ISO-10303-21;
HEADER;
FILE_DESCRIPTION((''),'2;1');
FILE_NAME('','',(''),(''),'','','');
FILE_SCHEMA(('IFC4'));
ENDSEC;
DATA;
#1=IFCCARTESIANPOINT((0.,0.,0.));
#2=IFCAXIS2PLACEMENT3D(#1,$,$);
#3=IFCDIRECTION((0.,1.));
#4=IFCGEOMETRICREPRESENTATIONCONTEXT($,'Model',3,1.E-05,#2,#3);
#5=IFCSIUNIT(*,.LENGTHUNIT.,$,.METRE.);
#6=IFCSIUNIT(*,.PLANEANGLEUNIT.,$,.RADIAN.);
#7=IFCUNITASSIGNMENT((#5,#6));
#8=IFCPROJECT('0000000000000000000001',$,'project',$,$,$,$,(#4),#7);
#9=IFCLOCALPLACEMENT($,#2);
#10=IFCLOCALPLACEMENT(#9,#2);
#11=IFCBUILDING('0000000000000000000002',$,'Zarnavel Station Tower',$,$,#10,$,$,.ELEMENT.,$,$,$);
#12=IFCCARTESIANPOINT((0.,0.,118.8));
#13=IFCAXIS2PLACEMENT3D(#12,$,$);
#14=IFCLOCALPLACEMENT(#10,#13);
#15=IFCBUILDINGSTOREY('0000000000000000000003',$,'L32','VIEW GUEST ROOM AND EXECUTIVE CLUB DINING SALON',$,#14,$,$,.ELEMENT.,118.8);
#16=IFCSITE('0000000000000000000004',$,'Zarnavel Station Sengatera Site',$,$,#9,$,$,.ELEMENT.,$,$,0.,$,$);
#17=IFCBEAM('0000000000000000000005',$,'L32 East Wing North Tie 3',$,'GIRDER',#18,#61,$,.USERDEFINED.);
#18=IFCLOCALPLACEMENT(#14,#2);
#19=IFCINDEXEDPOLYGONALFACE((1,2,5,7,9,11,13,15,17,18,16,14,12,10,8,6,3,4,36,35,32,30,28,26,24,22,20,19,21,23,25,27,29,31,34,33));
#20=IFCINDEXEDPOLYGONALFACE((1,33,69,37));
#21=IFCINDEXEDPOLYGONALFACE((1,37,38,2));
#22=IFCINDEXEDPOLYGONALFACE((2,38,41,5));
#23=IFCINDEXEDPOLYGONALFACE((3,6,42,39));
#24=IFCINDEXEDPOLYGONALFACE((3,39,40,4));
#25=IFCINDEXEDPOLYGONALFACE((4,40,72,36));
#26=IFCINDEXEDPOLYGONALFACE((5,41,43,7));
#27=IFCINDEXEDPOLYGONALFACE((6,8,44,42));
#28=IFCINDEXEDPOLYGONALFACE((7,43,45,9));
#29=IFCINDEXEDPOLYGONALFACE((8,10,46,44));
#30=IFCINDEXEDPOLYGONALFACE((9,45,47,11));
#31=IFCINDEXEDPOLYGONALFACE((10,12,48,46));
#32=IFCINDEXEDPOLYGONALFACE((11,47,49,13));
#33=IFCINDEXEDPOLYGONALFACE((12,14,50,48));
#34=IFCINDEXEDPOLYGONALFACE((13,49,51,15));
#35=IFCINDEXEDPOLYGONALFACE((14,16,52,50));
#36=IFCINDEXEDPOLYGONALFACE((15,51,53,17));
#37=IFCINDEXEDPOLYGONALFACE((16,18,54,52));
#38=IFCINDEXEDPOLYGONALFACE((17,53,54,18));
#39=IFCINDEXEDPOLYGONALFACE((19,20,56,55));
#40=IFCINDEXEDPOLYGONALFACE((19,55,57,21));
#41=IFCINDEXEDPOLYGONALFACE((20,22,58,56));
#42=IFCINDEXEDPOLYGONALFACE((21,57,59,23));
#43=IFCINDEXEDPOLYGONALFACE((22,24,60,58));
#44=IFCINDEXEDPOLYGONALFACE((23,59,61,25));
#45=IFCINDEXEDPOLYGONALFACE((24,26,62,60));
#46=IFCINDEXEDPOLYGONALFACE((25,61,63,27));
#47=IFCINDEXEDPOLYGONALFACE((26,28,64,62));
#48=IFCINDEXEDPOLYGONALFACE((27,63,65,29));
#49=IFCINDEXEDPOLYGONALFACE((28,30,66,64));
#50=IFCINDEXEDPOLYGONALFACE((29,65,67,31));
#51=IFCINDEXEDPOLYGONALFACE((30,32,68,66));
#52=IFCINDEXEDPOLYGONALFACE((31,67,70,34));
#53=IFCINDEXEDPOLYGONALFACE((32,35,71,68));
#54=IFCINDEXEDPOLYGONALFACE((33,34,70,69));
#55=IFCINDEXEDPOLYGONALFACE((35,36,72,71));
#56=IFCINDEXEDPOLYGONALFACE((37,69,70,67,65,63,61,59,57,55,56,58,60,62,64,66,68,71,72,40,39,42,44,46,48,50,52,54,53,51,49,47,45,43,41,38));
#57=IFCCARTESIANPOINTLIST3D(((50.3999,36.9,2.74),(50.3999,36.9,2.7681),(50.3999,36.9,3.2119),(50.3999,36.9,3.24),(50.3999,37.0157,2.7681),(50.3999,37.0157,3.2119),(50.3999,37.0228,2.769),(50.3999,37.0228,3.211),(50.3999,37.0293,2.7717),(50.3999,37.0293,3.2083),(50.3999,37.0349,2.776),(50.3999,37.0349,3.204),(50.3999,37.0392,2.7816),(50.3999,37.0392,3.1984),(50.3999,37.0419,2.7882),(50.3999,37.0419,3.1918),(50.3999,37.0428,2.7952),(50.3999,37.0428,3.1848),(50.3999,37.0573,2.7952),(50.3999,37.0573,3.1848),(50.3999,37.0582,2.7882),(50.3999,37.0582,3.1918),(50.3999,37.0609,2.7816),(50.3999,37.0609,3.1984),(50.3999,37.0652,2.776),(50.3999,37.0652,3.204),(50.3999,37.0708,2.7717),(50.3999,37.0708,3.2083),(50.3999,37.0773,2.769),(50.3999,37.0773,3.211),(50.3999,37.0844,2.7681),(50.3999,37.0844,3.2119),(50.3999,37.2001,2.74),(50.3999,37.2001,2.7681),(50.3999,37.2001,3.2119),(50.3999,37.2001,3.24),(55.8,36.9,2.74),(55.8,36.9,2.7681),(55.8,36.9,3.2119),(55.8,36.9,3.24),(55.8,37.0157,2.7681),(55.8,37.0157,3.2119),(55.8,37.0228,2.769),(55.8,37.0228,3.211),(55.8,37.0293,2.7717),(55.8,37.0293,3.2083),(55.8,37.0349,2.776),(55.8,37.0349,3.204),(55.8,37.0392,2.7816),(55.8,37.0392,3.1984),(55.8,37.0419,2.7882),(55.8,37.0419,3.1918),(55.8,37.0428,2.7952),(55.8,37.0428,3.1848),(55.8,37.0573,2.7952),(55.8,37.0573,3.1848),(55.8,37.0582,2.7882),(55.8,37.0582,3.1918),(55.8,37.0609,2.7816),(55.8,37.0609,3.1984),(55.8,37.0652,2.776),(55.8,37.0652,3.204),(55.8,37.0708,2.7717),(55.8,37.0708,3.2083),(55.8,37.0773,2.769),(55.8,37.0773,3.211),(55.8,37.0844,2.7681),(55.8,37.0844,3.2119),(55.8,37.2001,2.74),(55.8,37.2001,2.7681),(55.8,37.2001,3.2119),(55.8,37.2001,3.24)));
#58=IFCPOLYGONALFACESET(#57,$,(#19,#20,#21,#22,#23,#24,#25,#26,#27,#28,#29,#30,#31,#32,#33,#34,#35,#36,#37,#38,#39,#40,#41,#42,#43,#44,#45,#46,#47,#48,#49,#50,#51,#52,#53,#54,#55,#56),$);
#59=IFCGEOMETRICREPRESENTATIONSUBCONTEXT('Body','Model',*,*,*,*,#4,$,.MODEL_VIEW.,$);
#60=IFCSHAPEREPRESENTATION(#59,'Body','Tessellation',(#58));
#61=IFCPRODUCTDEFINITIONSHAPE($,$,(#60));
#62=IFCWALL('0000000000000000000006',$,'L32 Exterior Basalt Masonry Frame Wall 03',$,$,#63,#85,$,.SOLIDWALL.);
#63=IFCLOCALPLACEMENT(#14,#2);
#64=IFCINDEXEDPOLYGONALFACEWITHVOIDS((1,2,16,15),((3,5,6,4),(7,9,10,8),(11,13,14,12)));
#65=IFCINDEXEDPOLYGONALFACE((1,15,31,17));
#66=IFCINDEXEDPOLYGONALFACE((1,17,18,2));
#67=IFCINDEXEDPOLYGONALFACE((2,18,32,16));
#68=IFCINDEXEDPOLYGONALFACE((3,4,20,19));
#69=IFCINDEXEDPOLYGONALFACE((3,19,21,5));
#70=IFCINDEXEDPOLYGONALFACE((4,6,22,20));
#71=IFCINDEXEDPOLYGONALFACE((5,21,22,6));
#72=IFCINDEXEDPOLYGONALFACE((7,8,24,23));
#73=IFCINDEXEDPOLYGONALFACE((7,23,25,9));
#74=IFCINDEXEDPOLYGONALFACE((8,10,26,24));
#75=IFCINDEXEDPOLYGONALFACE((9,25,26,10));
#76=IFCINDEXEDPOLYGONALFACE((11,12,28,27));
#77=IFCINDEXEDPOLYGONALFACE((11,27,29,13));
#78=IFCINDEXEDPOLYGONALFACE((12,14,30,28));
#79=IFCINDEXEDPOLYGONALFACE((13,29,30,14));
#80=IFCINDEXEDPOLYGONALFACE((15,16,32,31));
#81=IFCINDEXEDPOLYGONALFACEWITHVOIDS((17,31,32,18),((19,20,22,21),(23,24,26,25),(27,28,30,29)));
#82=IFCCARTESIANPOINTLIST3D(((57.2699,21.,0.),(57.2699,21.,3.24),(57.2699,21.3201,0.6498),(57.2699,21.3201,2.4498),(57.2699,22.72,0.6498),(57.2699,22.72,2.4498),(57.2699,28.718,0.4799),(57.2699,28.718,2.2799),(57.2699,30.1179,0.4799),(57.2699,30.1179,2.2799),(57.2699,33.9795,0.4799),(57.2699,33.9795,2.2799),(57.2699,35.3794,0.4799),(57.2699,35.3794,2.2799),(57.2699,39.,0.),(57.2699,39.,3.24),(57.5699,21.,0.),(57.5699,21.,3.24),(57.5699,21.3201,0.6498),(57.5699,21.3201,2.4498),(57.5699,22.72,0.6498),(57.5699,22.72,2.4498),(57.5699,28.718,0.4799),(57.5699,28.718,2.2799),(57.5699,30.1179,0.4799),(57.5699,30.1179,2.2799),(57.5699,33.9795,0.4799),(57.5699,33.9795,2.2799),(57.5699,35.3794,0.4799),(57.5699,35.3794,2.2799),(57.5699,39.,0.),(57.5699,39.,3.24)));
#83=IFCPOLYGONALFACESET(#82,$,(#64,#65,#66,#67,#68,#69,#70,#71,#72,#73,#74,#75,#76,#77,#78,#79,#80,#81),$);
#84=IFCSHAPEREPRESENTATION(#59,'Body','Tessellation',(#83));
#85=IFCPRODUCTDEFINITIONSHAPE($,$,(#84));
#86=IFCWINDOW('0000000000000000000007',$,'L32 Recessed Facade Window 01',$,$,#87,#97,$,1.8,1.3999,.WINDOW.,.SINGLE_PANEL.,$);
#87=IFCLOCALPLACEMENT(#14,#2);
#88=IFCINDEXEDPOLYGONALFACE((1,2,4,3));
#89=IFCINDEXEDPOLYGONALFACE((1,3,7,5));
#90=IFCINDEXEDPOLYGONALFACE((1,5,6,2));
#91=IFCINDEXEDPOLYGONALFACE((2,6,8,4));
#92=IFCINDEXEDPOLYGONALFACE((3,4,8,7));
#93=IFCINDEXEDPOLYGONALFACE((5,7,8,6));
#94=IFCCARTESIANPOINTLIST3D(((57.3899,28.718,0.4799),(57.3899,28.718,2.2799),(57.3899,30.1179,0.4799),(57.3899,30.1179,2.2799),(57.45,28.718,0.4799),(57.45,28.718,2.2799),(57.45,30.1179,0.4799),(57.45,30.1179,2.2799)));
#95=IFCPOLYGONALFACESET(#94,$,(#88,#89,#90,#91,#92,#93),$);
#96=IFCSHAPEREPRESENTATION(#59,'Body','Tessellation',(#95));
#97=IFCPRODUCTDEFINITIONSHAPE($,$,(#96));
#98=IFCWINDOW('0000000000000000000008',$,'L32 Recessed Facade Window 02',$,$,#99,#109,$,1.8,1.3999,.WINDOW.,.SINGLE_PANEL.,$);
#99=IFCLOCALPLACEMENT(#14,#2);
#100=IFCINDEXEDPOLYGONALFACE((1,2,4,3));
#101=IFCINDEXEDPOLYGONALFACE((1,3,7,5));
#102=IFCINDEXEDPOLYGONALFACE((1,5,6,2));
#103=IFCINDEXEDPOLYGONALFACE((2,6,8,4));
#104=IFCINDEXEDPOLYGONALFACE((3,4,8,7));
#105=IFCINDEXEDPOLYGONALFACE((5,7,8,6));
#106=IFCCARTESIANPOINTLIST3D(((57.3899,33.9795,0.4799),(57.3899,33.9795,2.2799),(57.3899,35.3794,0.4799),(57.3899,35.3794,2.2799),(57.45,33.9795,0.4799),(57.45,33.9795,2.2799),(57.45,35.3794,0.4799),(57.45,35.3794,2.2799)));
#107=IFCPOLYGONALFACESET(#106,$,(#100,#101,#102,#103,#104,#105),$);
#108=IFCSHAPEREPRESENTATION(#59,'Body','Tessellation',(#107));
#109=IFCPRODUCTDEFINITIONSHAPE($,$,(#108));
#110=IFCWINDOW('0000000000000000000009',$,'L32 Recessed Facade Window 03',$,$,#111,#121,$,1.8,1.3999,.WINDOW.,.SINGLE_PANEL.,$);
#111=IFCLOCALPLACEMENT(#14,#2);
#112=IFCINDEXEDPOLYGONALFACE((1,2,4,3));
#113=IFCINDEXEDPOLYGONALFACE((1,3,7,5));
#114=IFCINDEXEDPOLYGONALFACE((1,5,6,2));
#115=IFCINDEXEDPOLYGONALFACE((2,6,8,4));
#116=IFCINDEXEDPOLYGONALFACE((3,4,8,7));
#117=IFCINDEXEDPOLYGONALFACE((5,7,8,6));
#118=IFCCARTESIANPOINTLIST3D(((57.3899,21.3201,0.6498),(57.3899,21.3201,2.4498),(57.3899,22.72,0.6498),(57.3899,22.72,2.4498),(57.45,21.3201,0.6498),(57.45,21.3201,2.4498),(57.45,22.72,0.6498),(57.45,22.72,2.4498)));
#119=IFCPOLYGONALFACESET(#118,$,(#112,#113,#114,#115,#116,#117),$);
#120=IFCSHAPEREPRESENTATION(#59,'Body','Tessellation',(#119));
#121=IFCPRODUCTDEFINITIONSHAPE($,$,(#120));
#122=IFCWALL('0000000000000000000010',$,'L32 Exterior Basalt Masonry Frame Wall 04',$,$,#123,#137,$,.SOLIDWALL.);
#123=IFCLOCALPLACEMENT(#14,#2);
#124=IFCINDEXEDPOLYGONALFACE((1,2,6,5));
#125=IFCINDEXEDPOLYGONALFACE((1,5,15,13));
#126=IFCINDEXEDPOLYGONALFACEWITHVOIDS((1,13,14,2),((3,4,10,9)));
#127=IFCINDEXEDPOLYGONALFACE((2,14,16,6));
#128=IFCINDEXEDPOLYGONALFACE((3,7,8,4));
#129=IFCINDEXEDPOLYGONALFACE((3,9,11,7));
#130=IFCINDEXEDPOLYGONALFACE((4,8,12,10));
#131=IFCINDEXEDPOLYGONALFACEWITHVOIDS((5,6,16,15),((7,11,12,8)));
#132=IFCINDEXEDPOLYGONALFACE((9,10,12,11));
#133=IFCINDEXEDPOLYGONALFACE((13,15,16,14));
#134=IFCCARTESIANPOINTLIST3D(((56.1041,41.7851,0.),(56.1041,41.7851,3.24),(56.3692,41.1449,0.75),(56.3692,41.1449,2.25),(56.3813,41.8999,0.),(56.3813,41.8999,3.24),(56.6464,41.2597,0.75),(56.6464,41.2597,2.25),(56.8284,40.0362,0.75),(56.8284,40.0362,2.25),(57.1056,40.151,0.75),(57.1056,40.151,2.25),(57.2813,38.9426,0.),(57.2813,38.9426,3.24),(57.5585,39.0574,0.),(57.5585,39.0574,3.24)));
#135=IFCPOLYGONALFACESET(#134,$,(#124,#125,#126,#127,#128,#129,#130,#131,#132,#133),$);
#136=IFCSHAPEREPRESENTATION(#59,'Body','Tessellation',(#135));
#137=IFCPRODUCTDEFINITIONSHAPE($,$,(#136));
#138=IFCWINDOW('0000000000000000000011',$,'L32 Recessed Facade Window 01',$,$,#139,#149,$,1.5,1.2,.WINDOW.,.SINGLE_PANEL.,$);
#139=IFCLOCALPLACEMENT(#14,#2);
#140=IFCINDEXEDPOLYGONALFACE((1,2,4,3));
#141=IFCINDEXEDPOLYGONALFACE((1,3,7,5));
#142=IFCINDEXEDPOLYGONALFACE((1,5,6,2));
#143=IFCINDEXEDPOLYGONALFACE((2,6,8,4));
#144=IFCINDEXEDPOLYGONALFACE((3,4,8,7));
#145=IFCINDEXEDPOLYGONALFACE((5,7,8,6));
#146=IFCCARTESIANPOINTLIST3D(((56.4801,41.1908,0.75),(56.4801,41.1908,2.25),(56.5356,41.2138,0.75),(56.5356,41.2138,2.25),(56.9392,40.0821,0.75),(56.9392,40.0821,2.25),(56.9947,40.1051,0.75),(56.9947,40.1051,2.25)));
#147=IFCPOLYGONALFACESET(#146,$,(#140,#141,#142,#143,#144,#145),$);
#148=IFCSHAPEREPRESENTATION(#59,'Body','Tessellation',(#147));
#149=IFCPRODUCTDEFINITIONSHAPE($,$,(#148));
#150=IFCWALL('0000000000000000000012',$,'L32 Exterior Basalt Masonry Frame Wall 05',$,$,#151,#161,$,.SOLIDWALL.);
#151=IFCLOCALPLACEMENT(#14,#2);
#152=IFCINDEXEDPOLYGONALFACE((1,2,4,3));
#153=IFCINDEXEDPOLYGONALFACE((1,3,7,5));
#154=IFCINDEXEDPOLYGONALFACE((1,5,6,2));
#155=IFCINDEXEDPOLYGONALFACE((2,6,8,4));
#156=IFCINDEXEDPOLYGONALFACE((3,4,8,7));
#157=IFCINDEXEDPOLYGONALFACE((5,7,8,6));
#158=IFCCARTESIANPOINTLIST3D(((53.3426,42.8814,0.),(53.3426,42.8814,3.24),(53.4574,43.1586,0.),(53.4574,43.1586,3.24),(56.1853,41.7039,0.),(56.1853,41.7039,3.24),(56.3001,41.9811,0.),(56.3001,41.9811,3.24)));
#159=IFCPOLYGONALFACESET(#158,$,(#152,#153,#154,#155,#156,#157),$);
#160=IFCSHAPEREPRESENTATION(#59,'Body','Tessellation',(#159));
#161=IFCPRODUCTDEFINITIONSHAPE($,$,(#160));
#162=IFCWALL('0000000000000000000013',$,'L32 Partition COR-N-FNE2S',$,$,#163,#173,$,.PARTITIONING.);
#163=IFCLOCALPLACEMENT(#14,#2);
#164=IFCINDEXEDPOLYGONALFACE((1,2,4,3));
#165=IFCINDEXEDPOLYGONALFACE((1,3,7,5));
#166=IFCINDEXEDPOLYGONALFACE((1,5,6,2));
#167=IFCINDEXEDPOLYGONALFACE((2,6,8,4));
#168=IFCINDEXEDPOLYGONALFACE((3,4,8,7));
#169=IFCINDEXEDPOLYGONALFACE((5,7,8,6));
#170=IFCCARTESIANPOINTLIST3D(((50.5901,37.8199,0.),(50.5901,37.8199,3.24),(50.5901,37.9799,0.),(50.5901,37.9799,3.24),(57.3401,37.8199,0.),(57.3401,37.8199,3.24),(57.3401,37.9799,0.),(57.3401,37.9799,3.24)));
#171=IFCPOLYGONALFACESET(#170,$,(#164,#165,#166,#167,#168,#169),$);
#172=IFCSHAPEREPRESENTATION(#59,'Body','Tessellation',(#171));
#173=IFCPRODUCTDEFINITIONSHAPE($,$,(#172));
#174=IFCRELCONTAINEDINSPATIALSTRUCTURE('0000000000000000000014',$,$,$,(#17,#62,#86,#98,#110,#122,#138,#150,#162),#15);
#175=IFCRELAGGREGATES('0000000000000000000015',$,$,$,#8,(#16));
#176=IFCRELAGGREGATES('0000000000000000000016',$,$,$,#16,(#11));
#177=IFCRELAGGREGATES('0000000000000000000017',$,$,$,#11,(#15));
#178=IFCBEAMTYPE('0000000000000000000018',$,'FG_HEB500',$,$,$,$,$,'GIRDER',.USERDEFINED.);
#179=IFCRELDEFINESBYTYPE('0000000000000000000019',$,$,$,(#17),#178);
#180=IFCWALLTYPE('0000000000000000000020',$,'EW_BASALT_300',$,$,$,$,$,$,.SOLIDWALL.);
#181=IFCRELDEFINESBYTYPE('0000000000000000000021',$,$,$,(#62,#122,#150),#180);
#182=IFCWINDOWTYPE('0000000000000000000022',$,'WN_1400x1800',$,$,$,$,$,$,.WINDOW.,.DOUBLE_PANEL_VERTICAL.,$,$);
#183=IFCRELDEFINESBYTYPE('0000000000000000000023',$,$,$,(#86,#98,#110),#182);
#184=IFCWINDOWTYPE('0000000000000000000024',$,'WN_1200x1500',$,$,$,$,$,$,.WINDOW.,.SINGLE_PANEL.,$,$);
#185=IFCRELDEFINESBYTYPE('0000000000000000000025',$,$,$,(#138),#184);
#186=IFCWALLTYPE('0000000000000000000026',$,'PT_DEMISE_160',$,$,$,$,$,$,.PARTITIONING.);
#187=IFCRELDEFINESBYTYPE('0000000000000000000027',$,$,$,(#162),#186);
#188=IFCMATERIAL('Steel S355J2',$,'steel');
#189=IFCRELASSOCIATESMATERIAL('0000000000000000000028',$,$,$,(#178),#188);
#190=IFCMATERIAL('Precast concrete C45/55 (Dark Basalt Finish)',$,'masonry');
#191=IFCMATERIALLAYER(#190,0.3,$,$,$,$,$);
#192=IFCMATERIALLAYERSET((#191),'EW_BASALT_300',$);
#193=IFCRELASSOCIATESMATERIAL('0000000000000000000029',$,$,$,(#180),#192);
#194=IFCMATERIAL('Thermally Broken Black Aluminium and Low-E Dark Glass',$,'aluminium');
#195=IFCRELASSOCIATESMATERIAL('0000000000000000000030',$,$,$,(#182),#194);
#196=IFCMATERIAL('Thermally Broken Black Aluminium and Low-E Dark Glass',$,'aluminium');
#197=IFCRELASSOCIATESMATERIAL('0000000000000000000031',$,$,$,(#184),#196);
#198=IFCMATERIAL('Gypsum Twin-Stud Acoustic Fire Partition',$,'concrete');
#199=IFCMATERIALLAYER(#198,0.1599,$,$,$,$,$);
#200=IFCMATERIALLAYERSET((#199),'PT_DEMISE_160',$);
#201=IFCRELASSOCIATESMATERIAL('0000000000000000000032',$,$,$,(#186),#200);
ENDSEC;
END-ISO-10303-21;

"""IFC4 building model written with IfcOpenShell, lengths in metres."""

from ifc_helpers import new_model, si_unit, direction, frame, frame_2d, origin, origin_2d, place, context, subcontext, project, spatial, rectangle, i_section, extrude, material, layer, layer_set, material_profile, profile_set, type_object, element, fill, save


model = new_model("IFC4")

# Units and contexts
model_context = context("Model", 3, precision=1e-05, world=origin(), true_north=direction((0.0, 1.0)))
body_context = subcontext(model_context, "Body", "Model", "MODEL_VIEW")
ifc_project = project(units=[si_unit("LENGTHUNIT", "METRE"), si_unit("PLANEANGLEUNIT", "RADIAN")], contexts=[model_context])

# Site, building, storey
site_placement = place(None, origin())
site = spatial("IfcSite", under=ifc_project, at=site_placement, Name="Zarnavel Station Sengatera Site", CompositionType="ELEMENT", RefElevation=0.0)
building_placement = place(site_placement, origin())
building = spatial("IfcBuilding", under=site, at=building_placement, Name="Zarnavel Station Tower", CompositionType="ELEMENT")
storey_placement = place(building_placement, frame((0.0, 0.0, 118.8)))
storey = spatial("IfcBuildingStorey", under=building, at=storey_placement, Name="L32", Description="VIEW GUEST ROOM AND EXECUTIVE CLUB DINING SALON", CompositionType="ELEMENT", Elevation=118.8)

# Beam
ifc_material_1 = material(Name="Steel S355J2", Category="steel")
ifc_material_profile_1 = material_profile(ifc_material_1, i_section(OverallWidth=0.3, OverallDepth=0.5, WebThickness=0.0144, FlangeThickness=0.0281, FilletRadius=0.0271, at=origin_2d()), Name="HEB500")
ifc_profile_set_1 = profile_set([ifc_material_profile_1], Name="Steel S355J2")
beam_type = type_object("IfcBeamType", Name="FG_HEB500", ElementType="GIRDER", PredefinedType="USERDEFINED", material=ifc_profile_set_1)
beam_1_placement = place(storey_placement, frame((50.3999, 37.05, 2.99), z_axis=(1.0, 0.0, 0.0), x_axis=(0.0, 1.0, 0.0)))
element("IfcBeam", 1, at=beam_1_placement, inside=storey, type_object=beam_type, Name="L32 East Wing North Tie 3", ObjectType="GIRDER", PredefinedType="USERDEFINED", context=body_context, shape_type="SweptSolid", body=[
    extrude(i_section(OverallWidth=0.3, OverallDepth=0.5, WebThickness=0.0144, FlangeThickness=0.0281, FilletRadius=0.0271, at=origin_2d()), origin(), (0.0, 0.0, 1.0), 5.4001),
])

# Wall, openings, windows
ifc_material_2 = material(Name="Precast concrete C45/55 (Dark Basalt Finish)", Category="masonry")
ifc_layer_1 = layer(ifc_material_2, 0.3)
ifc_layer_set_1 = layer_set([ifc_layer_1], Name="EW_BASALT_300")
wall_type_1 = type_object("IfcWallType", Name="EW_BASALT_300", PredefinedType="SOLIDWALL", material=ifc_layer_set_1)
wall_1_placement = place(storey_placement, frame((57.4199, 39.0, 0.0), z_axis=(0.0, 0.0, 1.0), x_axis=(0.0, -1.0, 0.0)))
wall_1 = element("IfcWall", 2, at=wall_1_placement, inside=storey, type_object=wall_type_1, Name="L32 Exterior Basalt Masonry Frame Wall 03", PredefinedType="SOLIDWALL", context=body_context, shape_type="SweptSolid", body=[
    extrude(rectangle(XDim=18.0, YDim=0.3, at=frame_2d((9.0, 0.0))), origin(), (0.0, 0.0, 1.0), 3.24),
])
opening_1_placement = place(wall_1_placement, frame((8.8821, 0.0, 0.48)))
opening_1 = element("IfcOpeningElement", 3, at=opening_1_placement, cuts=wall_1, PredefinedType="OPENING", context=body_context, shape_type="SweptSolid", body=[
    extrude(rectangle(XDim=1.3999, YDim=1.8, at=frame_2d((0.7, 0.8999))), frame((0.0, 0.1599, 0.0), z_axis=(0.0, -1.0, 0.0), x_axis=(1.0, 0.0, 0.0)), (0.0, 0.0, 1.0), 0.3201),
])
opening_2_placement = place(wall_1_placement, frame((3.6206, 0.0, 0.48)))
opening_2 = element("IfcOpeningElement", 4, at=opening_2_placement, cuts=wall_1, PredefinedType="OPENING", context=body_context, shape_type="SweptSolid", body=[
    extrude(rectangle(XDim=1.3999, YDim=1.8, at=frame_2d((0.7, 0.8999))), frame((0.0, 0.1599, 0.0), z_axis=(0.0, -1.0, 0.0), x_axis=(1.0, 0.0, 0.0)), (0.0, 0.0, 1.0), 0.3201),
])
opening_3_placement = place(wall_1_placement, frame((16.28, 0.0, 0.6499)))
opening_3 = element("IfcOpeningElement", 5, at=opening_3_placement, cuts=wall_1, PredefinedType="OPENING", context=body_context, shape_type="SweptSolid", body=[
    extrude(rectangle(XDim=1.3999, YDim=1.8, at=frame_2d((0.7, 0.8999))), frame((0.0, 0.1599, 0.0), z_axis=(0.0, -1.0, 0.0), x_axis=(1.0, 0.0, 0.0)), (0.0, 0.0, 1.0), 0.3201),
])
ifc_material_3 = material(Name="Thermally Broken Black Aluminium and Low-E Dark Glass", Category="aluminium")
window_type_1 = type_object("IfcWindowType", Name="WN_1400x1800", PartitioningType="DOUBLE_PANEL_VERTICAL", PredefinedType="WINDOW", material=ifc_material_3)
window_1_placement = place(opening_1_placement, origin())
window_1 = element("IfcWindow", 6, at=window_1_placement, inside=storey, type_object=window_type_1, Name="L32 Recessed Facade Window 01", OverallHeight=1.8, OverallWidth=1.3999, PartitioningType="SINGLE_PANEL", PredefinedType="WINDOW", context=body_context, shape_type="SweptSolid", body=[
    extrude(rectangle(XDim=1.3999, YDim=1.8, at=frame_2d((0.7, 0.8999))), frame((0.0, 0.03, 0.0), z_axis=(0.0, -1.0, 0.0), x_axis=(1.0, 0.0, 0.0)), (0.0, 0.0, 1.0), 0.0601),
])
fill(opening_1, window_1)
window_2_placement = place(opening_2_placement, origin())
window_2 = element("IfcWindow", 7, at=window_2_placement, inside=storey, type_object=window_type_1, Name="L32 Recessed Facade Window 02", OverallHeight=1.8, OverallWidth=1.3999, PartitioningType="SINGLE_PANEL", PredefinedType="WINDOW", context=body_context, shape_type="SweptSolid", body=[
    extrude(rectangle(XDim=1.3999, YDim=1.8, at=frame_2d((0.7, 0.8999))), frame((0.0, 0.03, 0.0), z_axis=(0.0, -1.0, 0.0), x_axis=(1.0, 0.0, 0.0)), (0.0, 0.0, 1.0), 0.0601),
])
fill(opening_2, window_2)
window_3_placement = place(opening_3_placement, origin())
window_3 = element("IfcWindow", 8, at=window_3_placement, inside=storey, type_object=window_type_1, Name="L32 Recessed Facade Window 03", OverallHeight=1.8, OverallWidth=1.3999, PartitioningType="SINGLE_PANEL", PredefinedType="WINDOW", context=body_context, shape_type="SweptSolid", body=[
    extrude(rectangle(XDim=1.3999, YDim=1.8, at=frame_2d((0.7, 0.8999))), frame((0.0, 0.03, 0.0), z_axis=(0.0, -1.0, 0.0), x_axis=(1.0, 0.0, 0.0)), (0.0, 0.0, 1.0), 0.0601),
])
fill(opening_3, window_3)

# Wall, opening, window
wall_2_placement = place(storey_placement, frame((56.2427, 41.8425, 0.0), z_axis=(0.0, 0.0, 1.0), x_axis=(0.382637, -0.923899, 0.0)))
wall_2 = element("IfcWall", 9, at=wall_2_placement, inside=storey, type_object=wall_type_1, Name="L32 Exterior Basalt Masonry Frame Wall 04", PredefinedType="SOLIDWALL", context=body_context, shape_type="SweptSolid", body=[
    extrude(rectangle(XDim=3.0767, YDim=0.3, at=frame_2d((1.5383, 0.0))), origin(), (0.0, 0.0, 1.0), 3.24),
])
opening_4_placement = place(wall_2_placement, frame((0.6929, 0.0, 0.75)))
opening_4 = element("IfcOpeningElement", 10, at=opening_4_placement, cuts=wall_2, PredefinedType="OPENING", context=body_context, shape_type="SweptSolid", body=[
    extrude(rectangle(XDim=1.2, YDim=1.5, at=frame_2d((0.6001, 0.75))), frame((0.0, 0.1599, 0.0), z_axis=(0.0, -1.0, 0.0), x_axis=(1.0, 0.0, 0.0)), (0.0, 0.0, 1.0), 0.3201),
])
ifc_material_4 = material(Name="Thermally Broken Black Aluminium and Low-E Dark Glass", Category="aluminium")
window_type_2 = type_object("IfcWindowType", Name="WN_1200x1500", PartitioningType="SINGLE_PANEL", PredefinedType="WINDOW", material=ifc_material_4)
window_4_placement = place(opening_4_placement, origin())
window_4 = element("IfcWindow", 11, at=window_4_placement, inside=storey, type_object=window_type_2, Name="L32 Recessed Facade Window 01", OverallHeight=1.5, OverallWidth=1.2, PartitioningType="SINGLE_PANEL", PredefinedType="WINDOW", context=body_context, shape_type="SweptSolid", body=[
    extrude(rectangle(XDim=1.2, YDim=1.5, at=frame_2d((0.6001, 0.75))), frame((0.0, 0.03, 0.0), z_axis=(0.0, -1.0, 0.0), x_axis=(1.0, 0.0, 0.0)), (0.0, 0.0, 1.0), 0.0601),
])
fill(opening_4, window_4)

# Walls
wall_3_placement = place(storey_placement, frame((53.3999, 43.02, 0.0), z_axis=(0.0, 0.0, 1.0), x_axis=(0.923882, -0.382676, 0.0)))
element("IfcWall", 12, at=wall_3_placement, inside=storey, type_object=wall_type_1, Name="L32 Exterior Basalt Masonry Frame Wall 05", PredefinedType="SOLIDWALL", context=body_context, shape_type="SweptSolid", body=[
    extrude(rectangle(XDim=3.0769, YDim=0.3, at=frame_2d((1.5386, 0.0))), origin(), (0.0, 0.0, 1.0), 3.24),
])
ifc_material_5 = material(Name="Gypsum Twin-Stud Acoustic Fire Partition", Category="concrete")
ifc_layer_2 = layer(ifc_material_5, 0.1599)
ifc_layer_set_2 = layer_set([ifc_layer_2], Name="PT_DEMISE_160")
wall_type_2 = type_object("IfcWallType", Name="PT_DEMISE_160", PredefinedType="PARTITIONING", material=ifc_layer_set_2)
wall_4_placement = place(storey_placement, frame((50.5901, 37.8999, 0.0), z_axis=(0.0, 0.0, 1.0), x_axis=(1.0, 0.0, 0.0)))
element("IfcWall", 13, at=wall_4_placement, inside=storey, type_object=wall_type_2, Name="L32 Partition COR-N-FNE2S", PredefinedType="PARTITIONING", context=body_context, shape_type="SweptSolid", body=[
    extrude(rectangle(XDim=6.75, YDim=0.1599, at=frame_2d((3.375, 0.0))), origin(), (0.0, 0.0, 1.0), 3.24),
])

save(model, "model.ifc")
